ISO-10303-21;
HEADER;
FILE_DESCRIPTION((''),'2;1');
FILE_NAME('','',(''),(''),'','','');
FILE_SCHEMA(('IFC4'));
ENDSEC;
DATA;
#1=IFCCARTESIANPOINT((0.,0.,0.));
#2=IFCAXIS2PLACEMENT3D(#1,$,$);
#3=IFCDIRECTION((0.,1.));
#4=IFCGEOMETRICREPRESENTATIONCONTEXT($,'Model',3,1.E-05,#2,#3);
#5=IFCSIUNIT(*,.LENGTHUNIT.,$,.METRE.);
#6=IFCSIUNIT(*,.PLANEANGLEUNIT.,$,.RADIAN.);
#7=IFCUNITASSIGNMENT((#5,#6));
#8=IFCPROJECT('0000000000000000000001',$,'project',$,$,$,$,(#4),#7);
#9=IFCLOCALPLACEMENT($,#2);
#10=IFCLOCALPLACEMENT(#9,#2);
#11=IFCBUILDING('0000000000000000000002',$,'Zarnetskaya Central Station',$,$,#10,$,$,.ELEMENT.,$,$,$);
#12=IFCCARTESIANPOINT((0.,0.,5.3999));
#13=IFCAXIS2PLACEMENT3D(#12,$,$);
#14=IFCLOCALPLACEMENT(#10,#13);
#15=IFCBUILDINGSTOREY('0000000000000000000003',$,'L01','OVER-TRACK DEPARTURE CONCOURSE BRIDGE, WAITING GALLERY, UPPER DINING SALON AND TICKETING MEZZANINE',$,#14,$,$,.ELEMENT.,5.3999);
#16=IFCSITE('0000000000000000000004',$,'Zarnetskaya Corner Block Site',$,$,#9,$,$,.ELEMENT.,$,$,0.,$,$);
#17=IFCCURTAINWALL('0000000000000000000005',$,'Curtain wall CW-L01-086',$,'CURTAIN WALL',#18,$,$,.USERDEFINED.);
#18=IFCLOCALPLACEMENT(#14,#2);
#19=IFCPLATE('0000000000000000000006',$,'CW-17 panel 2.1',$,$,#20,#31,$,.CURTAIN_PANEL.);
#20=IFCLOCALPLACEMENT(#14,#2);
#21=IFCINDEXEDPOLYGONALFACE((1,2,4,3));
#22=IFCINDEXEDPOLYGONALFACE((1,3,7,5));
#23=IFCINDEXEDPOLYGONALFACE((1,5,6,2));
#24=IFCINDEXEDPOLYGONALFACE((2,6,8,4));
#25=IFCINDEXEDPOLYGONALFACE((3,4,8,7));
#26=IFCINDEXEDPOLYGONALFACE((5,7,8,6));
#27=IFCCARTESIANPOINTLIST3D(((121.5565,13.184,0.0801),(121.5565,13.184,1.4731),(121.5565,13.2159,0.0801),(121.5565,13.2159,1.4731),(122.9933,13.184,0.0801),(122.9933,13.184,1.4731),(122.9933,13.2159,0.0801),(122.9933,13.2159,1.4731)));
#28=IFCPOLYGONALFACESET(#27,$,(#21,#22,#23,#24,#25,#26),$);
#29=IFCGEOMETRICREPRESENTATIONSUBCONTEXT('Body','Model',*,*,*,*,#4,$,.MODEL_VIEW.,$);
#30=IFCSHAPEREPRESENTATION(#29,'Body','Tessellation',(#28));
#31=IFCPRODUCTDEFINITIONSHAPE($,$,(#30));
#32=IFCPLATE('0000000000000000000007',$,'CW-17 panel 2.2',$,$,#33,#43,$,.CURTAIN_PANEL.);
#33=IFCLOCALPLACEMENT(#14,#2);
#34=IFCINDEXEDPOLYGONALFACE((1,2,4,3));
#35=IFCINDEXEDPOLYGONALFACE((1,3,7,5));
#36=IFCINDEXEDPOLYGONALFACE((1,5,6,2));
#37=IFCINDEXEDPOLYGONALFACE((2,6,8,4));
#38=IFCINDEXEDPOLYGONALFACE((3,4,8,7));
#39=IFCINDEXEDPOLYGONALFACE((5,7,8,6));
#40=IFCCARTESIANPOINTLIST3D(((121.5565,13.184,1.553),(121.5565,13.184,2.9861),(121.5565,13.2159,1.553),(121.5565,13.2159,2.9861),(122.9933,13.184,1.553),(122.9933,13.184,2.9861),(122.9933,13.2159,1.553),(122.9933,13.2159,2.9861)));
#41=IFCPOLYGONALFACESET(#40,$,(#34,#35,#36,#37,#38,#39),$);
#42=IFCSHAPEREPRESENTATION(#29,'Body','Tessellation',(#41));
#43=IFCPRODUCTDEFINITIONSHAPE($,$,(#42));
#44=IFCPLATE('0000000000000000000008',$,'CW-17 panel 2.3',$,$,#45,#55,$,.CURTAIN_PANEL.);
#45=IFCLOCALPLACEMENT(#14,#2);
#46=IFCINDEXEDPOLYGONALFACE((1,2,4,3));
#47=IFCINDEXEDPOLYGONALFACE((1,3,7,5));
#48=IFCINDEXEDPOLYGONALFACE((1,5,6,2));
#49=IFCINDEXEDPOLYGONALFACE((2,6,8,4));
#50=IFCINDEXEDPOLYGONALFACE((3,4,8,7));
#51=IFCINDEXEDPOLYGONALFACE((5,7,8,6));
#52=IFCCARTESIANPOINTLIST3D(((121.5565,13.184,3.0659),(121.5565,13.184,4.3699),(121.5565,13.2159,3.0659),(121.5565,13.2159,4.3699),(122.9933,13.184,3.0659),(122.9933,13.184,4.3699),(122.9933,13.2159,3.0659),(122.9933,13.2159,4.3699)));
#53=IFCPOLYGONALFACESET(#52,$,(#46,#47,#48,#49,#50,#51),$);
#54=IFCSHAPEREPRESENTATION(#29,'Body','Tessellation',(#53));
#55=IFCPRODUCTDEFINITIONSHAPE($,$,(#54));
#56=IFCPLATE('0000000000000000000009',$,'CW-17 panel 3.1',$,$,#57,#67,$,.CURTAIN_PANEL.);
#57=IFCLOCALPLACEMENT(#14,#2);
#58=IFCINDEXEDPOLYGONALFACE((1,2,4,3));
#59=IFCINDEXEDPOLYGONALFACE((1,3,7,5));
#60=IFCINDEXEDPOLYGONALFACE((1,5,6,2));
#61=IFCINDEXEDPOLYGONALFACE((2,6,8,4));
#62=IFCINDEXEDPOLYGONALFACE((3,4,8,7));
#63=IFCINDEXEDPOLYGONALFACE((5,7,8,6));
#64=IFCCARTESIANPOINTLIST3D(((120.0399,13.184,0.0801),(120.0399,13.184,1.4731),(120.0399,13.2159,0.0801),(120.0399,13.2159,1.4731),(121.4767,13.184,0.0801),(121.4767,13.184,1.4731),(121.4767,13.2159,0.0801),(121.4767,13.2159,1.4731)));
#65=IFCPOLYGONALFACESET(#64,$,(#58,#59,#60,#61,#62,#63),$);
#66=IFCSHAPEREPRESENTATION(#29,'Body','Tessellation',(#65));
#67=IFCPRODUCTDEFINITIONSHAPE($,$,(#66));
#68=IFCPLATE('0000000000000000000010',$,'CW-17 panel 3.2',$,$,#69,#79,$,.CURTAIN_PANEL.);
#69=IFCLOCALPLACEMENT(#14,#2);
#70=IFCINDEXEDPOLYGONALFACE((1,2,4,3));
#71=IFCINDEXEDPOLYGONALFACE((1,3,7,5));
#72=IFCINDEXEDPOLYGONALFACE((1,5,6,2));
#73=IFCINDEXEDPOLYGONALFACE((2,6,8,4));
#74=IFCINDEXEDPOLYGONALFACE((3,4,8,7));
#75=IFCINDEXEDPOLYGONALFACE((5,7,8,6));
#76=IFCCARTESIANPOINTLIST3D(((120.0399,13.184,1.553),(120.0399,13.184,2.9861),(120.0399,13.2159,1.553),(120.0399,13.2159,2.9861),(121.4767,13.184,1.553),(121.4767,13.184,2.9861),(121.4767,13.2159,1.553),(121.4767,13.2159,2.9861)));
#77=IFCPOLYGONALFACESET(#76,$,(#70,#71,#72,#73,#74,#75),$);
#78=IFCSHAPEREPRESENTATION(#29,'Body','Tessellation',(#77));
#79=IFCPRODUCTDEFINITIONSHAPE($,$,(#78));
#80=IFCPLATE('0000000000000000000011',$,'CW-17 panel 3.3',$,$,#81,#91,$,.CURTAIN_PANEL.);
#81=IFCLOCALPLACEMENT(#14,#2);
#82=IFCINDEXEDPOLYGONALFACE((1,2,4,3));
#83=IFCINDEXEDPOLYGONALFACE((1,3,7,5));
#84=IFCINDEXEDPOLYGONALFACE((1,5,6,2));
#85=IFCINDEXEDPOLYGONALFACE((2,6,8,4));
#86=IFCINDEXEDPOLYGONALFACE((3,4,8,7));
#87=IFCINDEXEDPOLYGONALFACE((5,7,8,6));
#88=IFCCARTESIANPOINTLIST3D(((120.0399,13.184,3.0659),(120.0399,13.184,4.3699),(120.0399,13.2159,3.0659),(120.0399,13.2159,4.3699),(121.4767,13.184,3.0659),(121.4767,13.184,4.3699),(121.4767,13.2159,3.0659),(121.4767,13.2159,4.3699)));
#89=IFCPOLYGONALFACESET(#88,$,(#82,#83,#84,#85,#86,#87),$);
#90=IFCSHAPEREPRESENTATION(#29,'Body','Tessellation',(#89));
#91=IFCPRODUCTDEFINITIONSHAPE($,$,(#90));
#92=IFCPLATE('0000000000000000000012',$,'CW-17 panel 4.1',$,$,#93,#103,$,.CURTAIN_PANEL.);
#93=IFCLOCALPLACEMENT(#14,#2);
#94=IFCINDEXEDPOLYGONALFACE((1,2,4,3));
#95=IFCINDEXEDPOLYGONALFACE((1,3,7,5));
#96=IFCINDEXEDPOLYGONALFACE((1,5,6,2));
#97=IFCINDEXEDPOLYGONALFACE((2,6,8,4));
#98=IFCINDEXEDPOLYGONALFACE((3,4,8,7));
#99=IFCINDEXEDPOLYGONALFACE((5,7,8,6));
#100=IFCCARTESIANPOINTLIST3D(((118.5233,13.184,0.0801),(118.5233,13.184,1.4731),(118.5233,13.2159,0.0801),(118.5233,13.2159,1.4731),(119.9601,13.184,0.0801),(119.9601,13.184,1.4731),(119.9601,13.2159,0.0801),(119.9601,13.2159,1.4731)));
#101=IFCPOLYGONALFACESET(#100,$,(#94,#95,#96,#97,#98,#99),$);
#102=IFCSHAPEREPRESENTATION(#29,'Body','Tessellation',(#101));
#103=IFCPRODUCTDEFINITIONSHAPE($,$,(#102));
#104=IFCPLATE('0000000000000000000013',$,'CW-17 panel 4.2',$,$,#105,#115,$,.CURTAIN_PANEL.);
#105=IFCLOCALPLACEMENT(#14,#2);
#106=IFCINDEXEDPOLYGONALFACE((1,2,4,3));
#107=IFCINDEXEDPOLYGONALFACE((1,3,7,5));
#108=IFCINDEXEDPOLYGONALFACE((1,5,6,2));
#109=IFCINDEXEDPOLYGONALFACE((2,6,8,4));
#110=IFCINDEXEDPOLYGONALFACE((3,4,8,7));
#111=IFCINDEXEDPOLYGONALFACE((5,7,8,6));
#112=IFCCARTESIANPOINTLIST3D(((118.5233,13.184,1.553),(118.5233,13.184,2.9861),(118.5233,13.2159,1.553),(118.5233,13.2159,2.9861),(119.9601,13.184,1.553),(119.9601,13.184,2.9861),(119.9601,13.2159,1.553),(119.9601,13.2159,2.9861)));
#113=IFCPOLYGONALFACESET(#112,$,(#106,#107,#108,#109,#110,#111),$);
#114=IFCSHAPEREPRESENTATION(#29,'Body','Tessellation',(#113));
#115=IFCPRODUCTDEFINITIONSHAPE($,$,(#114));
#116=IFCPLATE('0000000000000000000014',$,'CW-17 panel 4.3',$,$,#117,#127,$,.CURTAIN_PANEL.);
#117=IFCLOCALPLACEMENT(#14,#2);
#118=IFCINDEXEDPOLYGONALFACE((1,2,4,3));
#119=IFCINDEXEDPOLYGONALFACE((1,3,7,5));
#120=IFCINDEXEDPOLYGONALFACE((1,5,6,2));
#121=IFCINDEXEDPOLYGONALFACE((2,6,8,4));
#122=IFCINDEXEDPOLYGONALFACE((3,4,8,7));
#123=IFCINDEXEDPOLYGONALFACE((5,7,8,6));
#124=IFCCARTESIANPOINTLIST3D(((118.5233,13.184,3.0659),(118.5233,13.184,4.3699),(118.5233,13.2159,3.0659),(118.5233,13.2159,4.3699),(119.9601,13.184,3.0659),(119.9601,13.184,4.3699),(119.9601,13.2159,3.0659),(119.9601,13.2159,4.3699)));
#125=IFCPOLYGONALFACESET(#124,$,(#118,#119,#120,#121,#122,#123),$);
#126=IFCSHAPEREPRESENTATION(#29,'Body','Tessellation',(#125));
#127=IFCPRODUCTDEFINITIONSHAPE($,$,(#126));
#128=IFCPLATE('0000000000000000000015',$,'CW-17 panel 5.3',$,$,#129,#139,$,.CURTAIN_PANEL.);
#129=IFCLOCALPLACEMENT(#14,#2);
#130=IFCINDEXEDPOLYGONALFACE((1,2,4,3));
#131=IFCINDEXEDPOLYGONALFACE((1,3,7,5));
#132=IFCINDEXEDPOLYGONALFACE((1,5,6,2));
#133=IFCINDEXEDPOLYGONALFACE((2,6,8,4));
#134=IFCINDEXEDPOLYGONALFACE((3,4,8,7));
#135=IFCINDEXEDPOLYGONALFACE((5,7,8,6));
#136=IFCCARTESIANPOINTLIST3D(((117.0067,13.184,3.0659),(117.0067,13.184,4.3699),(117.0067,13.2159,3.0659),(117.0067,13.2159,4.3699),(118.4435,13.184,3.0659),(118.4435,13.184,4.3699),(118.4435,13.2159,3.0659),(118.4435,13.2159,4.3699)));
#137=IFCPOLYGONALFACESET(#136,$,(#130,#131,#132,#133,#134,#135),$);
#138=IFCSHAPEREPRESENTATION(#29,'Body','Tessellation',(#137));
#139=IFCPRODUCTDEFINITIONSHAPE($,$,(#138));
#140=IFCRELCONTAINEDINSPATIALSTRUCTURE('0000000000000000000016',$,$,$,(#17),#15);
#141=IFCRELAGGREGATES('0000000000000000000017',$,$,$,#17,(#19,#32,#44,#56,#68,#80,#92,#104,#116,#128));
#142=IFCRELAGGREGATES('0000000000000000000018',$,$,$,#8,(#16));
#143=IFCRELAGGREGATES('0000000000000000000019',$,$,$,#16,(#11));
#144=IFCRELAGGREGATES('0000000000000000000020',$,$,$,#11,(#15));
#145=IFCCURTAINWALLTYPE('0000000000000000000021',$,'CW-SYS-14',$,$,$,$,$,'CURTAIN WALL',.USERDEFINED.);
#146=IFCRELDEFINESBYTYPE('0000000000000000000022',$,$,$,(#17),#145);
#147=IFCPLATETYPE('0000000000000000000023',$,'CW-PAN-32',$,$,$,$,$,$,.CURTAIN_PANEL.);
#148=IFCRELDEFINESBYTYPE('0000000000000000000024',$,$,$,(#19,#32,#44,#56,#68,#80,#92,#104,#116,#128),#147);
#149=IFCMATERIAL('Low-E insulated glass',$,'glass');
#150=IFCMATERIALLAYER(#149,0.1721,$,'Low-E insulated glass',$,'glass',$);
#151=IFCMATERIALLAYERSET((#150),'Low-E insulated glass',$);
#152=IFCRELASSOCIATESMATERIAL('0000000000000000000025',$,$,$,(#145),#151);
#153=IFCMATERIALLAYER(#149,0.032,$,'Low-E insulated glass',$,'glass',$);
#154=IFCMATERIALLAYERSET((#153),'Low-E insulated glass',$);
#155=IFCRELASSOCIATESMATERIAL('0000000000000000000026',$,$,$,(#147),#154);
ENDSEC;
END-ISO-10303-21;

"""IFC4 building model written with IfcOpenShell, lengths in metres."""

from ifc_helpers import new_model, si_unit, direction, frame, origin, origin_2d, place, context, subcontext, project, spatial, rectangle, extrude, material, layer, layer_set, type_object, element, aggregate, save


model = new_model("IFC4")

# Units and contexts
model_context = context("Model", 3, precision=1e-05, world=origin(), true_north=direction((0.0, 1.0)))
body_context = subcontext(model_context, "Body", "Model", "MODEL_VIEW")
ifc_project = project(units=[si_unit("LENGTHUNIT", "METRE"), si_unit("PLANEANGLEUNIT", "RADIAN")], contexts=[model_context])

# Site, building, storey
site_placement = place(None, origin())
site = spatial("IfcSite", under=ifc_project, at=site_placement, Name="Zarnetskaya Corner Block Site", CompositionType="ELEMENT", RefElevation=0.0)
building_placement = place(site_placement, origin())
building = spatial("IfcBuilding", under=site, at=building_placement, Name="Zarnetskaya Central Station", CompositionType="ELEMENT")
storey_placement = place(building_placement, frame((0.0, 0.0, 5.3999)))
storey = spatial("IfcBuildingStorey", under=building, at=storey_placement, Name="L01", Description="OVER-TRACK DEPARTURE CONCOURSE BRIDGE, WAITING GALLERY, UPPER DINING SALON AND TICKETING MEZZANINE", CompositionType="ELEMENT", Elevation=5.3999)

# Curtain wall
ifc_material_1 = material(Name="Low-E insulated glass", Category="glass")
ifc_layer_1 = layer(ifc_material_1, 0.1721, Name="Low-E insulated glass", Category="glass")
ifc_layer_set_1 = layer_set([ifc_layer_1], Name="Low-E insulated glass")
curtain_wall_type = type_object("IfcCurtainWallType", Name="CW-SYS-14", ElementType="CURTAIN WALL", PredefinedType="USERDEFINED", material=ifc_layer_set_1)
curtain_wall_placement = place(storey_placement, origin())
curtain_wall = element("IfcCurtainWall", 1, at=curtain_wall_placement, inside=storey, type_object=curtain_wall_type, Name="Curtain wall CW-L01-086", ObjectType="CURTAIN WALL", PredefinedType="USERDEFINED")

# Plates
ifc_layer_2 = layer(ifc_material_1, 0.032, Name="Low-E insulated glass", Category="glass")
ifc_layer_set_2 = layer_set([ifc_layer_2], Name="Low-E insulated glass")
plate_type = type_object("IfcPlateType", Name="CW-PAN-32", PredefinedType="CURTAIN_PANEL", material=ifc_layer_set_2)
plate_1_placement = place(storey_placement, frame((122.2749, 13.2, 0.0801), z_axis=(0.0, 0.0, 1.0), x_axis=(-1.0, 0.0, 0.0)))
plate_1 = element("IfcPlate", 2, at=plate_1_placement, type_object=plate_type, Name="CW-17 panel 2.1", PredefinedType="CURTAIN_PANEL", context=body_context, shape_type="SweptSolid", body=[
    extrude(rectangle(XDim=1.4368, YDim=0.032, at=origin_2d()), origin(), (0.0, 0.0, 1.0), 1.3931),
])
plate_2_placement = place(storey_placement, frame((122.2749, 13.2, 1.553), z_axis=(0.0, 0.0, 1.0), x_axis=(-1.0, 0.0, 0.0)))
plate_2 = element("IfcPlate", 3, at=plate_2_placement, type_object=plate_type, Name="CW-17 panel 2.2", PredefinedType="CURTAIN_PANEL", context=body_context, shape_type="SweptSolid", body=[
    extrude(rectangle(XDim=1.4368, YDim=0.032, at=origin_2d()), origin(), (0.0, 0.0, 1.0), 1.4331),
])
plate_3_placement = place(storey_placement, frame((122.2749, 13.2, 3.0659), z_axis=(0.0, 0.0, 1.0), x_axis=(-1.0, 0.0, 0.0)))
plate_3 = element("IfcPlate", 4, at=plate_3_placement, type_object=plate_type, Name="CW-17 panel 2.3", PredefinedType="CURTAIN_PANEL", context=body_context, shape_type="SweptSolid", body=[
    extrude(rectangle(XDim=1.4368, YDim=0.032, at=origin_2d()), origin(), (0.0, 0.0, 1.0), 1.304),
])
plate_4_placement = place(storey_placement, frame((120.7583, 13.2, 0.0801), z_axis=(0.0, 0.0, 1.0), x_axis=(-1.0, 0.0, 0.0)))
plate_4 = element("IfcPlate", 5, at=plate_4_placement, type_object=plate_type, Name="CW-17 panel 3.1", PredefinedType="CURTAIN_PANEL", context=body_context, shape_type="SweptSolid", body=[
    extrude(rectangle(XDim=1.4368, YDim=0.032, at=origin_2d()), origin(), (0.0, 0.0, 1.0), 1.3931),
])
plate_5_placement = place(storey_placement, frame((120.7583, 13.2, 1.553), z_axis=(0.0, 0.0, 1.0), x_axis=(-1.0, 0.0, 0.0)))
plate_5 = element("IfcPlate", 6, at=plate_5_placement, type_object=plate_type, Name="CW-17 panel 3.2", PredefinedType="CURTAIN_PANEL", context=body_context, shape_type="SweptSolid", body=[
    extrude(rectangle(XDim=1.4368, YDim=0.032, at=origin_2d()), origin(), (0.0, 0.0, 1.0), 1.4331),
])
plate_6_placement = place(storey_placement, frame((120.7583, 13.2, 3.0659), z_axis=(0.0, 0.0, 1.0), x_axis=(-1.0, 0.0, 0.0)))
plate_6 = element("IfcPlate", 7, at=plate_6_placement, type_object=plate_type, Name="CW-17 panel 3.3", PredefinedType="CURTAIN_PANEL", context=body_context, shape_type="SweptSolid", body=[
    extrude(rectangle(XDim=1.4368, YDim=0.032, at=origin_2d()), origin(), (0.0, 0.0, 1.0), 1.304),
])
plate_7_placement = place(storey_placement, frame((119.2417, 13.2, 0.0801), z_axis=(0.0, 0.0, 1.0), x_axis=(-1.0, 0.0, 0.0)))
plate_7 = element("IfcPlate", 8, at=plate_7_placement, type_object=plate_type, Name="CW-17 panel 4.1", PredefinedType="CURTAIN_PANEL", context=body_context, shape_type="SweptSolid", body=[
    extrude(rectangle(XDim=1.4368, YDim=0.032, at=origin_2d()), origin(), (0.0, 0.0, 1.0), 1.3931),
])
plate_8_placement = place(storey_placement, frame((119.2417, 13.2, 1.553), z_axis=(0.0, 0.0, 1.0), x_axis=(-1.0, 0.0, 0.0)))
plate_8 = element("IfcPlate", 9, at=plate_8_placement, type_object=plate_type, Name="CW-17 panel 4.2", PredefinedType="CURTAIN_PANEL", context=body_context, shape_type="SweptSolid", body=[
    extrude(rectangle(XDim=1.4368, YDim=0.032, at=origin_2d()), origin(), (0.0, 0.0, 1.0), 1.4331),
])
plate_9_placement = place(storey_placement, frame((119.2417, 13.2, 3.0659), z_axis=(0.0, 0.0, 1.0), x_axis=(-1.0, 0.0, 0.0)))
plate_9 = element("IfcPlate", 10, at=plate_9_placement, type_object=plate_type, Name="CW-17 panel 4.3", PredefinedType="CURTAIN_PANEL", context=body_context, shape_type="SweptSolid", body=[
    extrude(rectangle(XDim=1.4368, YDim=0.032, at=origin_2d()), origin(), (0.0, 0.0, 1.0), 1.304),
])
plate_10_placement = place(storey_placement, frame((117.7251, 13.2, 3.0659), z_axis=(0.0, 0.0, 1.0), x_axis=(-1.0, 0.0, 0.0)))
plate_10 = element("IfcPlate", 11, at=plate_10_placement, type_object=plate_type, Name="CW-17 panel 5.3", PredefinedType="CURTAIN_PANEL", context=body_context, shape_type="SweptSolid", body=[
    extrude(rectangle(XDim=1.4368, YDim=0.032, at=origin_2d()), origin(), (0.0, 0.0, 1.0), 1.304),
])
aggregate(curtain_wall, [plate_1, plate_2, plate_3, plate_4, plate_5, plate_6, plate_7, plate_8, plate_9, plate_10])

save(model, "model.ifc")
